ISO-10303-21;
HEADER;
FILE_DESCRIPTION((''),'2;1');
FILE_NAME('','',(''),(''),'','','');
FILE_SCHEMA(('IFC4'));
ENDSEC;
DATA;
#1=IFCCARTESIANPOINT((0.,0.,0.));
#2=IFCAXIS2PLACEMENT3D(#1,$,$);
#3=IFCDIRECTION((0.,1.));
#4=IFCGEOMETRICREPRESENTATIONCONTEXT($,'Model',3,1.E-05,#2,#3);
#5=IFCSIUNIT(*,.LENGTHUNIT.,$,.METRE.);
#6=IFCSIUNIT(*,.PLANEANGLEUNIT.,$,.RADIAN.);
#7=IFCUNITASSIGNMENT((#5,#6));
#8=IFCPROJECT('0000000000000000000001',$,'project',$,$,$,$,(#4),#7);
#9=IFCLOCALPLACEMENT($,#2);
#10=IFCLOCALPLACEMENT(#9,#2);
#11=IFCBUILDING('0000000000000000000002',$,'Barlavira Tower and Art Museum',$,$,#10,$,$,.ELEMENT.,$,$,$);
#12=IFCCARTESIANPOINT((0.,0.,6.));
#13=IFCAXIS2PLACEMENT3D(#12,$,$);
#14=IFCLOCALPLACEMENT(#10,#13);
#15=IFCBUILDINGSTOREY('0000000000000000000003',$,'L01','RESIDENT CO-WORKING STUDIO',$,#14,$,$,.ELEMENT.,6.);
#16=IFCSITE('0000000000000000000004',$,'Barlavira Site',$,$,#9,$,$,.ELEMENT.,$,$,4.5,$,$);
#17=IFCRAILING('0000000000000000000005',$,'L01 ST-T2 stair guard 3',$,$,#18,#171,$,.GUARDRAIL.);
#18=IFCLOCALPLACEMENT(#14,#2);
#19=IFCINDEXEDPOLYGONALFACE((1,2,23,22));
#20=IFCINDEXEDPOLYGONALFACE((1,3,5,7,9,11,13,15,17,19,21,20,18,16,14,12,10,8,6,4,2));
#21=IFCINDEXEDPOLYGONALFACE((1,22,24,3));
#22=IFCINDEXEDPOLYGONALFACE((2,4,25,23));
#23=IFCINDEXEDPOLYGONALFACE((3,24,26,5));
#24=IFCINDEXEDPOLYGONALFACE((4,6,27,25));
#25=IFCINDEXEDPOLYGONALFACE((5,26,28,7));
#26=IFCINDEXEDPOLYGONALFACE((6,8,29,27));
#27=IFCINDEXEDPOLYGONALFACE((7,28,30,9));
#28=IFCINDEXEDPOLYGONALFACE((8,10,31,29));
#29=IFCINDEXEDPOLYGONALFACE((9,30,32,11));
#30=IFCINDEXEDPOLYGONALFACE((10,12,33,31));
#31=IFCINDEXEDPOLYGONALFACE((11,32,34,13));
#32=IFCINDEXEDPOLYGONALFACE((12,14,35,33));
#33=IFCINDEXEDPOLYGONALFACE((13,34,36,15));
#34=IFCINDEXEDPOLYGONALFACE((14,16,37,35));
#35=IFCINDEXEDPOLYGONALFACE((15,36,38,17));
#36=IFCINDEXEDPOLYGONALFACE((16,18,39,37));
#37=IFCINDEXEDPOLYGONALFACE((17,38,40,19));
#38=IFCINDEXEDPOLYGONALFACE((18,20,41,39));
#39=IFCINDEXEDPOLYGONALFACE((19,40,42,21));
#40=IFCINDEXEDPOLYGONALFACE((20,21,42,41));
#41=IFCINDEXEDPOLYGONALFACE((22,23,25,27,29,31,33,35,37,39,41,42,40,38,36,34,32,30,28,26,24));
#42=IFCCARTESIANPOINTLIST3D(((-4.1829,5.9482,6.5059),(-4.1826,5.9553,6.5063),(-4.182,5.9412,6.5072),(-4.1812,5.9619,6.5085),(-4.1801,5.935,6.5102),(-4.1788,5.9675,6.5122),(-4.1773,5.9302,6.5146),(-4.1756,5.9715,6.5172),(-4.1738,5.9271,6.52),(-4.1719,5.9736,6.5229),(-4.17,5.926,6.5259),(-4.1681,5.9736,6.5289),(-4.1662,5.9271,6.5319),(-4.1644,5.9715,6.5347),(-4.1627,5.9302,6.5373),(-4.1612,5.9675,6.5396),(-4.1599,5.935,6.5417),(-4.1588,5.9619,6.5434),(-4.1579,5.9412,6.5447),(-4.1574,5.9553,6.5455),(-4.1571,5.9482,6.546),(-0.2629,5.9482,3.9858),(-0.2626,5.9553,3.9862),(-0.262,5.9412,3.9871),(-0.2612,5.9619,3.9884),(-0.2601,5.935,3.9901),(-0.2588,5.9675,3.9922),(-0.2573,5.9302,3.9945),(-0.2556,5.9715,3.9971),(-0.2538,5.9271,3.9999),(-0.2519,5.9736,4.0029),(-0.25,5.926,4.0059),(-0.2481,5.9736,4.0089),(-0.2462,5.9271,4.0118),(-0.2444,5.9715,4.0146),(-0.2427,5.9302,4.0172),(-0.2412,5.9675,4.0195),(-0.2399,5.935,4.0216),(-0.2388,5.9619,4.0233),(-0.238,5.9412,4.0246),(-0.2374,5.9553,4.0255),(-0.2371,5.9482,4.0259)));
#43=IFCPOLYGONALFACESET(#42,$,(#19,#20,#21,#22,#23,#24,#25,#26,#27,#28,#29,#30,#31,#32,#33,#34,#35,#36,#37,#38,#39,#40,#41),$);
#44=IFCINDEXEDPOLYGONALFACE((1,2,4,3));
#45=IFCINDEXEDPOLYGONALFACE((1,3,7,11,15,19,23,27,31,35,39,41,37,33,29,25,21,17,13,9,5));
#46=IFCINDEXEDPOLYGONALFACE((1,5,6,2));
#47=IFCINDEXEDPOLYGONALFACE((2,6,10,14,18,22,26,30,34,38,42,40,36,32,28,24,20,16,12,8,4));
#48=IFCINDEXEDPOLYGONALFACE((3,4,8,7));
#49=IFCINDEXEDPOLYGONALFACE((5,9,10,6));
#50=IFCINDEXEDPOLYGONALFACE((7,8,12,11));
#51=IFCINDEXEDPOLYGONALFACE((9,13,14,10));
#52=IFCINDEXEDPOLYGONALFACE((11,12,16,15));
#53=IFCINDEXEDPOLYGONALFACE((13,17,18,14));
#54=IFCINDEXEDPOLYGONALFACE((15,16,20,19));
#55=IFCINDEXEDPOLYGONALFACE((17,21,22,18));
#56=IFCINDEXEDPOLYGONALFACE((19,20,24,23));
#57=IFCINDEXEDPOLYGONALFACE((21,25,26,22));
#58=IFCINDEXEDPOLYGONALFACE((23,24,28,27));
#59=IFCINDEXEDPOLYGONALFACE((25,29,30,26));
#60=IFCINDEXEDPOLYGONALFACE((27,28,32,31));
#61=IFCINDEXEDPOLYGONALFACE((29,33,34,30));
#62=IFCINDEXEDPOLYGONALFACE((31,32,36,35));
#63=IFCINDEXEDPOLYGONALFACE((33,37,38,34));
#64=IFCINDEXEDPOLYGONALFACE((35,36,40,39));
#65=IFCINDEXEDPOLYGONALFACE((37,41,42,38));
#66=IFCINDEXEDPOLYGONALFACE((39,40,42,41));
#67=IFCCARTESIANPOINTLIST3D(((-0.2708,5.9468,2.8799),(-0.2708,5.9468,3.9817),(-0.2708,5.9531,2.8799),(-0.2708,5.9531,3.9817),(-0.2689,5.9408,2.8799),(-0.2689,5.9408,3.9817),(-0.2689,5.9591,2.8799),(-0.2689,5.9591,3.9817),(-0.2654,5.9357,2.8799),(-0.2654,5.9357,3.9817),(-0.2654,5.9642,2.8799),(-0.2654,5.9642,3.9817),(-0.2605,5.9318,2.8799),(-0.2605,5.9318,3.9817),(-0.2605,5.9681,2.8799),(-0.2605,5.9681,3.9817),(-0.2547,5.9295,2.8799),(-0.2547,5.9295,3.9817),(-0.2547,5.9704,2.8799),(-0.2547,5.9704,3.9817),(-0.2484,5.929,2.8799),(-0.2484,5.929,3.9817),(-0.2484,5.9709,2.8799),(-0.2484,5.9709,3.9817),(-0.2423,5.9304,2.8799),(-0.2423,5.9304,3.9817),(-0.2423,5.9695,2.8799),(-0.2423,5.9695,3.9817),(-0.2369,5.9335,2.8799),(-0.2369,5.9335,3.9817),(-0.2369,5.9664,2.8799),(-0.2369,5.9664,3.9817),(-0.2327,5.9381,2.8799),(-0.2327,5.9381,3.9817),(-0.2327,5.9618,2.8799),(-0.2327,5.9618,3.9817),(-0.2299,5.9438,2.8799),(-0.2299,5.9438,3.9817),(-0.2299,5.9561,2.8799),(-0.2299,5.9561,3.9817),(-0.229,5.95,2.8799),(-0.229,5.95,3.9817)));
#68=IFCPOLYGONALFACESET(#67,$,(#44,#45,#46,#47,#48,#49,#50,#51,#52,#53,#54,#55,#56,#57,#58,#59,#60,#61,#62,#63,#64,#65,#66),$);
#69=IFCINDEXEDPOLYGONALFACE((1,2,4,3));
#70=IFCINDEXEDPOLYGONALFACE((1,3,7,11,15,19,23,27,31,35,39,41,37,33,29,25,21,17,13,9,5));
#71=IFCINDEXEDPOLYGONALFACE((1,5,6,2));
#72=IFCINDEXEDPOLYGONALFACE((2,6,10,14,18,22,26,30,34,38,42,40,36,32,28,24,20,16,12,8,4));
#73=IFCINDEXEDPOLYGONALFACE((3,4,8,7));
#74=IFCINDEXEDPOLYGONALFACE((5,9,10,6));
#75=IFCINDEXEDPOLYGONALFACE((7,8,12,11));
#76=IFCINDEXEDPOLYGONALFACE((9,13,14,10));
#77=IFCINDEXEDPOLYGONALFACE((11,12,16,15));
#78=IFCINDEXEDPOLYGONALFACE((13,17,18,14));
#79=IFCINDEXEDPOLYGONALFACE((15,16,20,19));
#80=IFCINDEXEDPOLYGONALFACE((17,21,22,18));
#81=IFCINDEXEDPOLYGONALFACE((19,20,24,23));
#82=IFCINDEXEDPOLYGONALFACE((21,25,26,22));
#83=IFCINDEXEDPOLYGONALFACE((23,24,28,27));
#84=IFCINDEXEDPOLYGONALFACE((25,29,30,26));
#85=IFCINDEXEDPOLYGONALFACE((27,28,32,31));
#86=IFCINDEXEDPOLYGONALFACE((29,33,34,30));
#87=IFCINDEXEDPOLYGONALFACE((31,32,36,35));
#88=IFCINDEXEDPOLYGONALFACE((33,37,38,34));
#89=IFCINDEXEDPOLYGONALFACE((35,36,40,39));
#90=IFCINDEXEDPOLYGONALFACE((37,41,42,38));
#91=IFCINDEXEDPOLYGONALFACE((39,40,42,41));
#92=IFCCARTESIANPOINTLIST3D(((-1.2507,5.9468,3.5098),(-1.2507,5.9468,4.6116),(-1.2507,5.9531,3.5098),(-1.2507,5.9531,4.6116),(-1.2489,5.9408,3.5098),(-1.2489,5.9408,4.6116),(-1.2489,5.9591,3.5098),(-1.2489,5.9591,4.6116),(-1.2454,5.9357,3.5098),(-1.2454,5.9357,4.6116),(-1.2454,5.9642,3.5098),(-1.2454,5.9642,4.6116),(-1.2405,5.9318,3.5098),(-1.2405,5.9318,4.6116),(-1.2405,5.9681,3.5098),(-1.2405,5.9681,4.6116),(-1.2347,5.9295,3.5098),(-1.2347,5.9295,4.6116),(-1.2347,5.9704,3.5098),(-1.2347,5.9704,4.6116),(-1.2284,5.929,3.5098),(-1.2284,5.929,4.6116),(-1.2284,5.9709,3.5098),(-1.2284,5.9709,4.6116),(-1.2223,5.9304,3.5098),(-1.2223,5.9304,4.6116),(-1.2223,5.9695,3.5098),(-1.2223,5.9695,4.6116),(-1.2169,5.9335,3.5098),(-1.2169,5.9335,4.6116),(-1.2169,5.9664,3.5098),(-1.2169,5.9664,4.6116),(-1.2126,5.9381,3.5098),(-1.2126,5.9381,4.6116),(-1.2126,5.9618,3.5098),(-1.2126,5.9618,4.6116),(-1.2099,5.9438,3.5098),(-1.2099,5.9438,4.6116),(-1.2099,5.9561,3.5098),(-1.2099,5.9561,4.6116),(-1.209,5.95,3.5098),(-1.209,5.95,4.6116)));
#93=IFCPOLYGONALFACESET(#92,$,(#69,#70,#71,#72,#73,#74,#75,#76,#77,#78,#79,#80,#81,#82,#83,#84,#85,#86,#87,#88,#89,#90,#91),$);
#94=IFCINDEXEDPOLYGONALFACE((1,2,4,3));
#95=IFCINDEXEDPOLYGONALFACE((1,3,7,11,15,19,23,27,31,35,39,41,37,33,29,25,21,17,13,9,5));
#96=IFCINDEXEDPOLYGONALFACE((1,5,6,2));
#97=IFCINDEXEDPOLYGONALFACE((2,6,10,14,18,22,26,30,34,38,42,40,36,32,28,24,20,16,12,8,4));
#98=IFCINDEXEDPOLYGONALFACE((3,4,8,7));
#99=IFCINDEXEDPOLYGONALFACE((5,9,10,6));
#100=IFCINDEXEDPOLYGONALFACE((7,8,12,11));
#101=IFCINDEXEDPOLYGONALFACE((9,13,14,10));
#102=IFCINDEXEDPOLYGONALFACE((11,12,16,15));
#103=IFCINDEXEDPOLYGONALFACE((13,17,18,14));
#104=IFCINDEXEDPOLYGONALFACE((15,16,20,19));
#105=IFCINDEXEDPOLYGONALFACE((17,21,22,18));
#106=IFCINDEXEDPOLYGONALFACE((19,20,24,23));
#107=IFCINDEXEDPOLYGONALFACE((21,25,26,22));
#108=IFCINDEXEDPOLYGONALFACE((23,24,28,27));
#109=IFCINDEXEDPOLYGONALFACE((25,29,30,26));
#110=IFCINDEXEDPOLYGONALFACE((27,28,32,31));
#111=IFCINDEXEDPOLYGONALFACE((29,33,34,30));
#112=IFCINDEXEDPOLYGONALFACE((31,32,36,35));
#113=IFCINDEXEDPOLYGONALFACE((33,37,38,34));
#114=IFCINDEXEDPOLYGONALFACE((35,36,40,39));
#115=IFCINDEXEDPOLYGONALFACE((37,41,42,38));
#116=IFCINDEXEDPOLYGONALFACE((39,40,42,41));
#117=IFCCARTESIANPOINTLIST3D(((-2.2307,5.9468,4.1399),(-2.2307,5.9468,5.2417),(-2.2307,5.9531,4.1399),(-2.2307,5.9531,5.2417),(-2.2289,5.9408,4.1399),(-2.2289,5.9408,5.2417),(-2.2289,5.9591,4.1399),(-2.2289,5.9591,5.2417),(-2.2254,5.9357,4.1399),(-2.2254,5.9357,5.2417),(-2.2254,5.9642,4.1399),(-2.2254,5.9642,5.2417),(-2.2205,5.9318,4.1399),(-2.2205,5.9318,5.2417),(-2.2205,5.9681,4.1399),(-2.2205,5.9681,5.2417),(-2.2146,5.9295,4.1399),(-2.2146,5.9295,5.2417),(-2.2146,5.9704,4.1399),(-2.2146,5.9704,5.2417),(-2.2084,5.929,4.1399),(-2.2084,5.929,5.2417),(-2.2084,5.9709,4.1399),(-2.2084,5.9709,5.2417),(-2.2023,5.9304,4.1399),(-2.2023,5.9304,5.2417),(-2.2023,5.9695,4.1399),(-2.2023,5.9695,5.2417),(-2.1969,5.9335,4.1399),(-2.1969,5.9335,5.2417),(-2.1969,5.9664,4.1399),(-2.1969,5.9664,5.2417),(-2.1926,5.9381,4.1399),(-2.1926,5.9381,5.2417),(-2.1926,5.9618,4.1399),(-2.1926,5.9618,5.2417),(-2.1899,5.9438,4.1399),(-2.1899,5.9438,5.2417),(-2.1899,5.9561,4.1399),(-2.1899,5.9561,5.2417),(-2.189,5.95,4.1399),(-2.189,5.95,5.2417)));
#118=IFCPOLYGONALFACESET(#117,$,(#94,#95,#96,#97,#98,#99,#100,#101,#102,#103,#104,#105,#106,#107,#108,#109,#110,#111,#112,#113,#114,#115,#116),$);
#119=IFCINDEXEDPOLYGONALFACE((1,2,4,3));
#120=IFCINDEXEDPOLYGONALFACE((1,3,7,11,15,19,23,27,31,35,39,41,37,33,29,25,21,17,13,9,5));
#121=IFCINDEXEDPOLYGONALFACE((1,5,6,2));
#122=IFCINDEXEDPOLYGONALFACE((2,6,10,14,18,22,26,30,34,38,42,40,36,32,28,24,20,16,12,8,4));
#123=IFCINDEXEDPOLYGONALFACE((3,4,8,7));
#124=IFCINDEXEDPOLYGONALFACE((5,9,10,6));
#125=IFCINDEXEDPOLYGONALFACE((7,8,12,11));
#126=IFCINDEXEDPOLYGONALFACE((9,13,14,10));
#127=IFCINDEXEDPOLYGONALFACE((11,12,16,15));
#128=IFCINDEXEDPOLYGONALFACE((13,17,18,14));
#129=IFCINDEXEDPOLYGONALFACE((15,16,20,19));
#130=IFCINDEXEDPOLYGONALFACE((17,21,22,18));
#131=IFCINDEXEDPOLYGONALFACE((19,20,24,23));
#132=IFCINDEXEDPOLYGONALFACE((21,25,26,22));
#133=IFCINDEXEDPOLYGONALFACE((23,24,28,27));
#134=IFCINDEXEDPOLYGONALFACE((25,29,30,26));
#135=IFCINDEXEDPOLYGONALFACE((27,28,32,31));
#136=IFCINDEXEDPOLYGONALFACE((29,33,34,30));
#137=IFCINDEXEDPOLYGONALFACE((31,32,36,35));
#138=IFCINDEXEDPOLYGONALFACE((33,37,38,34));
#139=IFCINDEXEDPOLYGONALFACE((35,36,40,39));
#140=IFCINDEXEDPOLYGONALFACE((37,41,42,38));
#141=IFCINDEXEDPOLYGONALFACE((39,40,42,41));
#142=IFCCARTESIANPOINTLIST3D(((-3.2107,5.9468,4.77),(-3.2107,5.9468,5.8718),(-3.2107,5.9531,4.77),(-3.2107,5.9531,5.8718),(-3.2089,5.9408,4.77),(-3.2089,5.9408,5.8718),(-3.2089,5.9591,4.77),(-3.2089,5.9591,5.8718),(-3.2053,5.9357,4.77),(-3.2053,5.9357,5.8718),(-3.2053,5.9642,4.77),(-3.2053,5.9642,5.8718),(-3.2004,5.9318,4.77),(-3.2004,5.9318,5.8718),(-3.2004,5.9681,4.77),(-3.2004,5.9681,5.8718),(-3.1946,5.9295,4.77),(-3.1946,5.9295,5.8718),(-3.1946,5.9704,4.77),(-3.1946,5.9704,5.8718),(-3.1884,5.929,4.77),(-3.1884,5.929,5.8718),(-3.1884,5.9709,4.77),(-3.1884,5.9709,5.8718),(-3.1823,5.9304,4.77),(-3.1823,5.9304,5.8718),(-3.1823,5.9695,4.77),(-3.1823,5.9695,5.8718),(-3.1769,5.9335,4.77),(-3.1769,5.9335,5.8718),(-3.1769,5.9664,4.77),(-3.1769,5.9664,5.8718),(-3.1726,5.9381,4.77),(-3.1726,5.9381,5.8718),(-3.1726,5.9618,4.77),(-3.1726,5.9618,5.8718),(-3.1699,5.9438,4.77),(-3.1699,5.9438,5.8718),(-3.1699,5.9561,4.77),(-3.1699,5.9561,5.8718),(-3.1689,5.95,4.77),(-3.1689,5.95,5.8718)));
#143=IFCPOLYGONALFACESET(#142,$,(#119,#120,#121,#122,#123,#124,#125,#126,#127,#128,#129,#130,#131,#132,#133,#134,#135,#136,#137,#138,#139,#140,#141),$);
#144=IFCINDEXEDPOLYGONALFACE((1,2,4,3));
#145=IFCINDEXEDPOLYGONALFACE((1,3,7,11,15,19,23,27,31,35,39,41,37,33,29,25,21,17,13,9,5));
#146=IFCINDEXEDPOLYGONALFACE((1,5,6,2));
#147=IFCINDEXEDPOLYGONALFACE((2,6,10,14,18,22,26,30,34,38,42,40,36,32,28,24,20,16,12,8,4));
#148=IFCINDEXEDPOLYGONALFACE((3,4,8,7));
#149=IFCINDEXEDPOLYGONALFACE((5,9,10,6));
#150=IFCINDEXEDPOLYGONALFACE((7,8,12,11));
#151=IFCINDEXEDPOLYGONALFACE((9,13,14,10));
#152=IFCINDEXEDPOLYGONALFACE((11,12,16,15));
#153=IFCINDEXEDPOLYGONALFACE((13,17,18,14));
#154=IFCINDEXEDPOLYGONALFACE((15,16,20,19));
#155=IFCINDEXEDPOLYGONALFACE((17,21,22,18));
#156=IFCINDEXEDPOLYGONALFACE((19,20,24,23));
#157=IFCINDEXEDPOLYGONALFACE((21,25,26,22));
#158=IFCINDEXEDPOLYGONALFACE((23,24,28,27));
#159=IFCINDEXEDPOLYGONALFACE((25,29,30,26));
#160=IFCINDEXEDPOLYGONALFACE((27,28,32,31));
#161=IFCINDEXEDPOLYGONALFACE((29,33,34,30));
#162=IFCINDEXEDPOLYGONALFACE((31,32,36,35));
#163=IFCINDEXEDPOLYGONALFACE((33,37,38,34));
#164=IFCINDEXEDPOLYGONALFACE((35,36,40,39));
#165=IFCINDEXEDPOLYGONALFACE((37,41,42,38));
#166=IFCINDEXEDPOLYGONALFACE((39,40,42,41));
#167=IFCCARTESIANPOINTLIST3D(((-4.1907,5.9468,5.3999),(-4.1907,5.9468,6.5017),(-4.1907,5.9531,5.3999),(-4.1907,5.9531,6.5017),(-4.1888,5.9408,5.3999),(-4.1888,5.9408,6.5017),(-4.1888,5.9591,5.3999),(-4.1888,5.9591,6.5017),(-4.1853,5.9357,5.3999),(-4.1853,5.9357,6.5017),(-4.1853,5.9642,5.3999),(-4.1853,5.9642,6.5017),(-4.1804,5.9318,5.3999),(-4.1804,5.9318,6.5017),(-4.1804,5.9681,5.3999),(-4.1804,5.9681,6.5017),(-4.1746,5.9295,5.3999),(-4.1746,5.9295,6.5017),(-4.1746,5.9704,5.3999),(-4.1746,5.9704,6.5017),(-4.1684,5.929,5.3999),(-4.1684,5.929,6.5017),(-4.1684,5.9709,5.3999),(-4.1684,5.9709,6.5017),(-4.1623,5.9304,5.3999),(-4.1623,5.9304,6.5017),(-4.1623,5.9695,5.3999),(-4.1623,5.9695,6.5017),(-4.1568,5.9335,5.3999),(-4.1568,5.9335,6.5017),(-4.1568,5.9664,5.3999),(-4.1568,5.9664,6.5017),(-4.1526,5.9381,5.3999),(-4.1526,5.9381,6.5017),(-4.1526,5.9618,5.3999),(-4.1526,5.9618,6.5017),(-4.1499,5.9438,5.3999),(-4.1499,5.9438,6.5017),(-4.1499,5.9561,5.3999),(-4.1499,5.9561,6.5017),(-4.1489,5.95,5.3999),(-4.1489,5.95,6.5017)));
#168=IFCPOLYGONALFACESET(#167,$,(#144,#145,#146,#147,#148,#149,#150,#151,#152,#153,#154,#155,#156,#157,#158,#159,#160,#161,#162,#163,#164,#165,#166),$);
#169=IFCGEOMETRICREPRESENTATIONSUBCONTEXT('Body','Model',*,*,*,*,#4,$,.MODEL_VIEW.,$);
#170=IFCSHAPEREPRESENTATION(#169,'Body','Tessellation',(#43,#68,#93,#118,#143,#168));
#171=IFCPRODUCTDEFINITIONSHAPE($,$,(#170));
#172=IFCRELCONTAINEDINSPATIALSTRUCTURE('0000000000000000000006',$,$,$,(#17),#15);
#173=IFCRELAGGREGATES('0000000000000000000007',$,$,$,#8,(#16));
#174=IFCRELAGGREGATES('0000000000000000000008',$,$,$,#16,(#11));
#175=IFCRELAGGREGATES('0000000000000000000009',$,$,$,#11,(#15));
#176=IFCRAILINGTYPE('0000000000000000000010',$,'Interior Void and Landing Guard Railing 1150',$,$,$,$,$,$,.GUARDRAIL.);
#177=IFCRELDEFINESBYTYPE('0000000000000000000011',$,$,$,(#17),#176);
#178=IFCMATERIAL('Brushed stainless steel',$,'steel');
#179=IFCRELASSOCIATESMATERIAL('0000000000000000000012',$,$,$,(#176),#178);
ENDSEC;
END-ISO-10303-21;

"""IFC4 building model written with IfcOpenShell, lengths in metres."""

from ifc_helpers import new_model, si_unit, direction, frame, origin, origin_2d, place, context, subcontext, project, spatial, circle, extrude, material, type_object, element, save


model = new_model("IFC4")

# Units and contexts
model_context = context("Model", 3, precision=1e-05, world=origin(), true_north=direction((0.0, 1.0)))
body_context = subcontext(model_context, "Body", "Model", "MODEL_VIEW")
ifc_project = project(units=[si_unit("LENGTHUNIT", "METRE"), si_unit("PLANEANGLEUNIT", "RADIAN")], contexts=[model_context])

# Site, building, storey
site_placement = place(None, origin())
site = spatial("IfcSite", under=ifc_project, at=site_placement, Name="Barlavira Site", CompositionType="ELEMENT", RefElevation=4.5)
building_placement = place(site_placement, origin())
building = spatial("IfcBuilding", under=site, at=building_placement, Name="Barlavira Tower and Art Museum", CompositionType="ELEMENT")
storey_placement = place(building_placement, frame((0.0, 0.0, 6.0)))
storey = spatial("IfcBuildingStorey", under=building, at=storey_placement, Name="L01", Description="RESIDENT CO-WORKING STUDIO", CompositionType="ELEMENT", Elevation=6.0)

# Shared definitions
ifc_material_1 = material(Name="Brushed stainless steel", Category="steel")

# Railing
railing_type_1 = type_object("IfcRailingType", Name="Interior Void and Landing Guard Railing 1150", PredefinedType="GUARDRAIL", material=ifc_material_1)
railing_1_placement = place(storey_placement, frame((-0.25, 5.95, 2.8799)))
element("IfcRailing", 1, at=railing_1_placement, inside=storey, type_object=railing_type_1, Name="L01 ST-T2 stair guard 3", PredefinedType="GUARDRAIL", context=body_context, shape_type="SweptSolid", body=[
    extrude(circle(Radius=0.0239, at=origin_2d()), frame((0.0, 0.0, 1.126), z_axis=(-0.841172, 0.0, 0.540768), x_axis=(0.0, -1.0, 0.0)), (0.0, 0.0, 1.0), 4.6602),
    extrude(circle(Radius=0.021, at=origin_2d()), origin(), (0.0, 0.0, 1.0), 1.1018),
    extrude(circle(Radius=0.021, at=origin_2d()), frame((-0.98, 0.0, 0.6299)), (0.0, 0.0, 1.0), 1.1018),
    extrude(circle(Radius=0.021, at=origin_2d()), frame((-1.96, 0.0, 1.26)), (0.0, 0.0, 1.0), 1.1018),
    extrude(circle(Radius=0.021, at=origin_2d()), frame((-2.9399, 0.0, 1.8901)), (0.0, 0.0, 1.0), 1.1018),
    extrude(circle(Radius=0.021, at=origin_2d()), frame((-3.9199, 0.0, 2.52)), (0.0, 0.0, 1.0), 1.1018),
])

save(model, "model.ifc")
